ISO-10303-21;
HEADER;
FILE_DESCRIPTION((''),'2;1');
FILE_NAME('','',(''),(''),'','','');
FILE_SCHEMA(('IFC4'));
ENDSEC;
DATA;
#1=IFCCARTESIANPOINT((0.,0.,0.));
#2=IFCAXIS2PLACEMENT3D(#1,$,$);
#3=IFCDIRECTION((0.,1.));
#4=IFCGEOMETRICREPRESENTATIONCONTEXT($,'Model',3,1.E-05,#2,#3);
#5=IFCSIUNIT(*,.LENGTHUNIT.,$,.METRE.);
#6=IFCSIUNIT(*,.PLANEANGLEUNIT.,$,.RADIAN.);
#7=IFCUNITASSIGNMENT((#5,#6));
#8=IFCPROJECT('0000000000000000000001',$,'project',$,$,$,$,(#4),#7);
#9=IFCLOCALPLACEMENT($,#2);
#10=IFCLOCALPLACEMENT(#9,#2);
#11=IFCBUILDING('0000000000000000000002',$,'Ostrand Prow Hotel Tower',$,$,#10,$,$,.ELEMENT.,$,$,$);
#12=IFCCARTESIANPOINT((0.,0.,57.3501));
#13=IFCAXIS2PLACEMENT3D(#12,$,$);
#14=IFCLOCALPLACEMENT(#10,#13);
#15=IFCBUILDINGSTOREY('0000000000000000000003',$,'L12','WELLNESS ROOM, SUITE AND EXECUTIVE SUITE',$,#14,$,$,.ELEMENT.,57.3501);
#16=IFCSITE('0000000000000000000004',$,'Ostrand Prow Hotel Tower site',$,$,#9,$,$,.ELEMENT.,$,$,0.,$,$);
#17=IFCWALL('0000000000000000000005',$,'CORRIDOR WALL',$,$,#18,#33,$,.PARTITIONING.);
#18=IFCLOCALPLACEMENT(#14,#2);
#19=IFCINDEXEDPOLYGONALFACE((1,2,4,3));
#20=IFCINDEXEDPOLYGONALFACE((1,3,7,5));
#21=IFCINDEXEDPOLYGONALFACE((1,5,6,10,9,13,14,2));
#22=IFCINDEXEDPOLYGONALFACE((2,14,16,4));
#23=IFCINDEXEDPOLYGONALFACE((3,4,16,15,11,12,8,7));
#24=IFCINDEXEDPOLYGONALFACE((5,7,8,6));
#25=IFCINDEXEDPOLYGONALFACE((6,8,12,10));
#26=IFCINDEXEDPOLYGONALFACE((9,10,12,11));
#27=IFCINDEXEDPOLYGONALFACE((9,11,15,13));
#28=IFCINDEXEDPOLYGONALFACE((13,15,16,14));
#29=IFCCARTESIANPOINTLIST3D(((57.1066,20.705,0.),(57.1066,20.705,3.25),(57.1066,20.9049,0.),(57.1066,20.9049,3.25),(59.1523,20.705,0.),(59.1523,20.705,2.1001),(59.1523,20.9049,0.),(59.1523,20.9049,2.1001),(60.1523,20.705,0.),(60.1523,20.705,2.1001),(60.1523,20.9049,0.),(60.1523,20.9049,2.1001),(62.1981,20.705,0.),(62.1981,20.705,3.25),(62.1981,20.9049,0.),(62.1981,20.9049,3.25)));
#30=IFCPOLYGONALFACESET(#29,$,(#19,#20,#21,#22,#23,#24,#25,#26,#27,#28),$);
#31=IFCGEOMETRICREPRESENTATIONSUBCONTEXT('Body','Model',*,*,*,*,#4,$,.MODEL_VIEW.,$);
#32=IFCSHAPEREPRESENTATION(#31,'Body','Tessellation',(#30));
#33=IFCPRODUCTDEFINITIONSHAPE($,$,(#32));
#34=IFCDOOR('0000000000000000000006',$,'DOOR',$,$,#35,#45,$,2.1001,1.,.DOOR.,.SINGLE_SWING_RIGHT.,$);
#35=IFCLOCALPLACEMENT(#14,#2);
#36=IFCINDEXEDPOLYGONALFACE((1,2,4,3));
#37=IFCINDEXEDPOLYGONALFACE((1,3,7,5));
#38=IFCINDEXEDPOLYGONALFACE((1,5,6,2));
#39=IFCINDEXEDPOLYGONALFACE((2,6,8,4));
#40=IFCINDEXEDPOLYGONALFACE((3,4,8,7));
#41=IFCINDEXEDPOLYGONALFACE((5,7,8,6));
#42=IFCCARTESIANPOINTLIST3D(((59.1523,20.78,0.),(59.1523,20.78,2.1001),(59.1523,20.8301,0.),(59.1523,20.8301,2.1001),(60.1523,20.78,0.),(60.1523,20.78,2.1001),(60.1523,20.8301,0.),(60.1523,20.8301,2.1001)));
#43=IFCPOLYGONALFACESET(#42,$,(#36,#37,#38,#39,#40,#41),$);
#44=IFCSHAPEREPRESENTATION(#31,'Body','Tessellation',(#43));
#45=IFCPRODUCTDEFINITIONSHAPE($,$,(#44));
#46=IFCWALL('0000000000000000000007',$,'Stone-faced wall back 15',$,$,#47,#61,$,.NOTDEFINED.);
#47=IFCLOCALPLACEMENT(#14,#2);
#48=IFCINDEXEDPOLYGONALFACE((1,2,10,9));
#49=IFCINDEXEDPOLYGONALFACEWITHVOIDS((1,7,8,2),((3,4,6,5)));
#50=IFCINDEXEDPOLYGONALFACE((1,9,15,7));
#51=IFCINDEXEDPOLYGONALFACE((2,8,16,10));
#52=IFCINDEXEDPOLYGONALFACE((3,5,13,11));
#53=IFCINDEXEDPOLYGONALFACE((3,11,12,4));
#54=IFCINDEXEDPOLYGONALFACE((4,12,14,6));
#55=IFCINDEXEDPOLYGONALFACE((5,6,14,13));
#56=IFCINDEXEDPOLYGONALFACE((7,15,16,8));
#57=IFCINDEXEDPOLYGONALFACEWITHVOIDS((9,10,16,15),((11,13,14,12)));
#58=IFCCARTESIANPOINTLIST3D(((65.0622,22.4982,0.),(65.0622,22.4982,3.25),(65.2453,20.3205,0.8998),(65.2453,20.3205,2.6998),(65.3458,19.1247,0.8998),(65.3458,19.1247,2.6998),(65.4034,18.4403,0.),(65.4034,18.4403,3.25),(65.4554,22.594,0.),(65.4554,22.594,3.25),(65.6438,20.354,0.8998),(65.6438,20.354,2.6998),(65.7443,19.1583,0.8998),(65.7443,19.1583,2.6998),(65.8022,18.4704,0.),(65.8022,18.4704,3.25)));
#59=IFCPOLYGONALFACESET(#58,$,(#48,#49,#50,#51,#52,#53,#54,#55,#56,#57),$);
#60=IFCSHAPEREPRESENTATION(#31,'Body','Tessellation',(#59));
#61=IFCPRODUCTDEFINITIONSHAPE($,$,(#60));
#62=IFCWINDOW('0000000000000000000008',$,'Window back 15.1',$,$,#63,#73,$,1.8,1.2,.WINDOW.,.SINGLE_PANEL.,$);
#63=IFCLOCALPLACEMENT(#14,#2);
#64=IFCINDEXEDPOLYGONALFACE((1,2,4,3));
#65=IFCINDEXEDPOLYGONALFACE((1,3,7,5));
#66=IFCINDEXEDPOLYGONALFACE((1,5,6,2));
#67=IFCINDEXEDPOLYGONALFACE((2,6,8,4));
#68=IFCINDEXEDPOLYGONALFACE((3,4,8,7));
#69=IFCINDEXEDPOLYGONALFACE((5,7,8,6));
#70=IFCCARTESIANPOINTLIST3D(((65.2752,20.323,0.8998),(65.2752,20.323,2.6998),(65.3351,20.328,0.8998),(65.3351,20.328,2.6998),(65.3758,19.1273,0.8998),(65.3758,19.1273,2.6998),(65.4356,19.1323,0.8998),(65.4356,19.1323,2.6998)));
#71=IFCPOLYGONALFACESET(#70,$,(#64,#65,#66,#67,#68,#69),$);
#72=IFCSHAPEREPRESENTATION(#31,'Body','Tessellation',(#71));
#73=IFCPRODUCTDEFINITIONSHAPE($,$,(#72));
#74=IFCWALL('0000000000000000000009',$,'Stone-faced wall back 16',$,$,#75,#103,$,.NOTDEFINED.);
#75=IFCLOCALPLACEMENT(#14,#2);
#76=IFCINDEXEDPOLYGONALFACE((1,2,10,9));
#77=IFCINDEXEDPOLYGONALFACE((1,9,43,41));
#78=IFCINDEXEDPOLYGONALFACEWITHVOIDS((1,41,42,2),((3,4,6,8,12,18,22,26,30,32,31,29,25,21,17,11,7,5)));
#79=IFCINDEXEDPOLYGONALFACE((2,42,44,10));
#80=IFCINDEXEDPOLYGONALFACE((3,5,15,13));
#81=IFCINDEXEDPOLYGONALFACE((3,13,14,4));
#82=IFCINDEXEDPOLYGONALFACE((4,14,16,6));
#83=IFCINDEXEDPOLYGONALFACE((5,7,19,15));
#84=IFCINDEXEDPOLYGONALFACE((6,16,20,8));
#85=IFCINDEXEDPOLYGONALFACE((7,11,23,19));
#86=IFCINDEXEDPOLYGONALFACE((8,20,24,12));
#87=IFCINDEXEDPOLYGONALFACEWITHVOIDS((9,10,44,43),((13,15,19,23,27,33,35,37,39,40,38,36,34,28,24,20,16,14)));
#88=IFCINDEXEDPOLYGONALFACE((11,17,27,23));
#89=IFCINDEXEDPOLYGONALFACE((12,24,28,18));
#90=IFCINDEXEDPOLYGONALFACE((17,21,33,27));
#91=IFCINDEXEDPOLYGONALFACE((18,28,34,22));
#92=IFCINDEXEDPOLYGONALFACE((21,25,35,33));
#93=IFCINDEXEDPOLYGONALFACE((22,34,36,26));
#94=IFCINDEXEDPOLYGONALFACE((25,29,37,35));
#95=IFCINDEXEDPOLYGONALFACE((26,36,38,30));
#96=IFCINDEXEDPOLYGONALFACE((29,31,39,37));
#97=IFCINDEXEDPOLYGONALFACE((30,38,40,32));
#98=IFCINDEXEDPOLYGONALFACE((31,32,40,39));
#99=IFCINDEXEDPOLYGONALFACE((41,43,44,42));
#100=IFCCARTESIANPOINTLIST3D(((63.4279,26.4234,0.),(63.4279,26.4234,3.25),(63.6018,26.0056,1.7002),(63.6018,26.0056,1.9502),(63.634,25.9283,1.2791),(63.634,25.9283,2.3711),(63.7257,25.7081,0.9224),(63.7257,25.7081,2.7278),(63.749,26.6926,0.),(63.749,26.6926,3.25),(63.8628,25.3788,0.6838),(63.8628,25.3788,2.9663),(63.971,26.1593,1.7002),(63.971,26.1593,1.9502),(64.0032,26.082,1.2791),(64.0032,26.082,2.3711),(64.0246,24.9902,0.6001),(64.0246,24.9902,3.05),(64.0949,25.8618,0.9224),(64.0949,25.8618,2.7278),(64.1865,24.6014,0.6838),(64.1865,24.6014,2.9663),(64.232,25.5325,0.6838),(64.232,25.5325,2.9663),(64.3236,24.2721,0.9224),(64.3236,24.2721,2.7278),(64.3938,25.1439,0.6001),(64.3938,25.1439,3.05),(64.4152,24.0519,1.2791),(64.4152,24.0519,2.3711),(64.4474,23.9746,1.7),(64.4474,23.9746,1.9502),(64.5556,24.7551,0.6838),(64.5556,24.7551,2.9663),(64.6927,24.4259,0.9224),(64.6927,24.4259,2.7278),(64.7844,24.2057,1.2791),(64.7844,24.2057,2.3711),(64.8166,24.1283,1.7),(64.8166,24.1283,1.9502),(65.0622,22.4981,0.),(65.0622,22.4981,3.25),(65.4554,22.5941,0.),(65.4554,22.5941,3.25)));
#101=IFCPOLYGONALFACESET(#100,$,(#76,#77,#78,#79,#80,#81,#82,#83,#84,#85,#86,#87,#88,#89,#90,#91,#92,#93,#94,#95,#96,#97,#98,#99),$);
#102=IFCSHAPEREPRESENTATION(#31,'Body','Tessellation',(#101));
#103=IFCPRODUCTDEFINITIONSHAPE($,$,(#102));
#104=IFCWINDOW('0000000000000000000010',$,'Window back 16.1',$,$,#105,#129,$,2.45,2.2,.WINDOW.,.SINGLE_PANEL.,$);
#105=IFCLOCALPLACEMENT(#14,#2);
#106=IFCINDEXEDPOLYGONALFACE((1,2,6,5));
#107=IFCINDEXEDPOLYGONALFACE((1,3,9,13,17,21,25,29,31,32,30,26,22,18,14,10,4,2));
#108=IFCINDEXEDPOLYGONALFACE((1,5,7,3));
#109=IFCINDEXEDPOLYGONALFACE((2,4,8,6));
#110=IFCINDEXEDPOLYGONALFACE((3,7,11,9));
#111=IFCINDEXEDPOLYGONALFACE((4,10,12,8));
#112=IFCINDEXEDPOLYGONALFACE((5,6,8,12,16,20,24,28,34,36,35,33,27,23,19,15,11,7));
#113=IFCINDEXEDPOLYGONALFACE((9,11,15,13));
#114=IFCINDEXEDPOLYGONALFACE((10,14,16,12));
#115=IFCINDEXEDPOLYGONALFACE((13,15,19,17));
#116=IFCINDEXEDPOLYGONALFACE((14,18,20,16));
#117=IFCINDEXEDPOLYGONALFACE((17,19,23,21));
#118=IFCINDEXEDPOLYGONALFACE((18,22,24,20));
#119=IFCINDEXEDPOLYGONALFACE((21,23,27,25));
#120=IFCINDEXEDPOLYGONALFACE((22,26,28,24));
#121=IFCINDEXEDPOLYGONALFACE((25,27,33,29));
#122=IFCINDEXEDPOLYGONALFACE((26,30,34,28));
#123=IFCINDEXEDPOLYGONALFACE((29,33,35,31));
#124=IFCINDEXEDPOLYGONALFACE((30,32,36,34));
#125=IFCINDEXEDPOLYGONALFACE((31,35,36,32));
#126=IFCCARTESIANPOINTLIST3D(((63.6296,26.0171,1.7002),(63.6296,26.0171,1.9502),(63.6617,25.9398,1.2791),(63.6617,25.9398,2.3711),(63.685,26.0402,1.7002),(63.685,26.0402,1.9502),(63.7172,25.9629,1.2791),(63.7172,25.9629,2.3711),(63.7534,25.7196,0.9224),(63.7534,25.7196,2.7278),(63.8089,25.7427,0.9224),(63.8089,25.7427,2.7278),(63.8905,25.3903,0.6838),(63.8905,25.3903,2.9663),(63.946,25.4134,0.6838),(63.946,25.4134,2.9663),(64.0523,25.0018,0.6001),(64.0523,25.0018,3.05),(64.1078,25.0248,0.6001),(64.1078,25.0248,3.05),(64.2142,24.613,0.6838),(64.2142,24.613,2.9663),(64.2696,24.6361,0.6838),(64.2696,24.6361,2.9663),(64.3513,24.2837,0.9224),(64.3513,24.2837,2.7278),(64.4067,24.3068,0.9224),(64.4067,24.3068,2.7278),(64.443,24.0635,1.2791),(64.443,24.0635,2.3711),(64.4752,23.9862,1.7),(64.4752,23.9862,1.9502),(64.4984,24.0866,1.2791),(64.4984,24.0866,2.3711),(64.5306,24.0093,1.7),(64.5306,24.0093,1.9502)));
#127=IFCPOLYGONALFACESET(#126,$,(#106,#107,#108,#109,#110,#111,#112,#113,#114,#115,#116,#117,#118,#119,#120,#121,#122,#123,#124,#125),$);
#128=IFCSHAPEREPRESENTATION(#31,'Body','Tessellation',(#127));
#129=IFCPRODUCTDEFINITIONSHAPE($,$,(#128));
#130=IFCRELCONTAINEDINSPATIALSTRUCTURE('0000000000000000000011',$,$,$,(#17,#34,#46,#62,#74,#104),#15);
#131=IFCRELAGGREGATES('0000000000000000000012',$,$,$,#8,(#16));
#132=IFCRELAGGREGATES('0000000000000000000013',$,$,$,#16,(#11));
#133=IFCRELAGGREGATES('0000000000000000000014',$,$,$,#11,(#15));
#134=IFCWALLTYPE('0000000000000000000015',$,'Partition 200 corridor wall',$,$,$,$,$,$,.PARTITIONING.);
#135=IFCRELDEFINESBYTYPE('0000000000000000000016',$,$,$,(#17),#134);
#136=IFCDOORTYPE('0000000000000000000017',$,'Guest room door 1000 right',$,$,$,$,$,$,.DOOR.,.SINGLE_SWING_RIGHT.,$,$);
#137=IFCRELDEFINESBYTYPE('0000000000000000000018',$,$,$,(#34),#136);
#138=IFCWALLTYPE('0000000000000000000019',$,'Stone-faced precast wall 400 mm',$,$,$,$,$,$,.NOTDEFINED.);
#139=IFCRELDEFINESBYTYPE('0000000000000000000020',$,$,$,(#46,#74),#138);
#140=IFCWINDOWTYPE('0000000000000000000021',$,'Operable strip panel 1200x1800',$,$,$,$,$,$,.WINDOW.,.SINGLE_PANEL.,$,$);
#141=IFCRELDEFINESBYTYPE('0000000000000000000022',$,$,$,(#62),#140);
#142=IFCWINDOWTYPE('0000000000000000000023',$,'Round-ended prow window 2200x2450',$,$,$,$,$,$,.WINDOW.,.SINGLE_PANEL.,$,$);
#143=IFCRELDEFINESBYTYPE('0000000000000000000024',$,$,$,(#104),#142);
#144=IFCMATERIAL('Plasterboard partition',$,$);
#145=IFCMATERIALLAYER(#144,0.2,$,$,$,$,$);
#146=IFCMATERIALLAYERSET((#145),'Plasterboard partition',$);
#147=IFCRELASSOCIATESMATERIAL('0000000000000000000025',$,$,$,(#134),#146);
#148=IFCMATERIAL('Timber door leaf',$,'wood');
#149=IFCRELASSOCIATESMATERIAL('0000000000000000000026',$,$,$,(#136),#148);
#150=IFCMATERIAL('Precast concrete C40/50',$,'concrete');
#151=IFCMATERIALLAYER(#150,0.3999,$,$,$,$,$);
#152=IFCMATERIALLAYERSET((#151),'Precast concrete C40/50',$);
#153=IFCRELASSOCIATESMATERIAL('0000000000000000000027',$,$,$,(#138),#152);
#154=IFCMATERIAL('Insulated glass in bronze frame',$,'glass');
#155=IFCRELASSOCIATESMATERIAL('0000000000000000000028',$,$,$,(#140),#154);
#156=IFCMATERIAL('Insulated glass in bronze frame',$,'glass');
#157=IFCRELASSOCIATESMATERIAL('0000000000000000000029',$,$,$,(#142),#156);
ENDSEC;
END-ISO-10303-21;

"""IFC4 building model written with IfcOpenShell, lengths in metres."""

from ifc_helpers import new_model, si_unit, direction, frame, frame_2d, origin, place, context, subcontext, project, spatial, polyline, rectangle, outline, extrude, material, layer, layer_set, type_object, element, fill, save


model = new_model("IFC4")

# Units and contexts
model_context = context("Model", 3, precision=1e-05, world=origin(), true_north=direction((0.0, 1.0)))
body_context = subcontext(model_context, "Body", "Model", "MODEL_VIEW")
ifc_project = project(units=[si_unit("LENGTHUNIT", "METRE"), si_unit("PLANEANGLEUNIT", "RADIAN")], contexts=[model_context])

# Site, building, storey
site_placement = place(None, origin())
site = spatial("IfcSite", under=ifc_project, at=site_placement, Name="Ostrand Prow Hotel Tower site", CompositionType="ELEMENT", RefElevation=0.0)
building_placement = place(site_placement, origin())
building = spatial("IfcBuilding", under=site, at=building_placement, Name="Ostrand Prow Hotel Tower", CompositionType="ELEMENT")
storey_placement = place(building_placement, frame((0.0, 0.0, 57.3501)))
storey = spatial("IfcBuildingStorey", under=building, at=storey_placement, Name="L12", Description="WELLNESS ROOM, SUITE AND EXECUTIVE SUITE", CompositionType="ELEMENT", Elevation=57.3501)

# Wall, opening, door
ifc_material_1 = material(Name="Plasterboard partition")
ifc_layer_1 = layer(ifc_material_1, 0.2)
ifc_layer_set_1 = layer_set([ifc_layer_1], Name="Plasterboard partition")
wall_type_1 = type_object("IfcWallType", Name="Partition 200 corridor wall", PredefinedType="PARTITIONING", material=ifc_layer_set_1)
wall_1_placement = place(storey_placement, frame((62.1982, 20.8049, 0.0), z_axis=(0.0, 0.0, 1.0), x_axis=(-1.0, 0.0, 0.0)))
wall_1 = element("IfcWall", 1, at=wall_1_placement, inside=storey, type_object=wall_type_1, Name="CORRIDOR WALL", PredefinedType="PARTITIONING", context=body_context, shape_type="SweptSolid", body=[
    extrude(rectangle(XDim=5.0916, YDim=0.2, at=frame_2d((2.5459, 0.0))), origin(), (0.0, 0.0, 1.0), 3.25),
])
opening_1_placement = place(wall_1_placement, frame((2.0459, 0.0, 0.0)))
opening_1 = element("IfcOpeningElement", 2, at=opening_1_placement, cuts=wall_1, PredefinedType="OPENING", context=body_context, shape_type="SweptSolid", body=[
    extrude(rectangle(XDim=1.0, YDim=2.1001, at=frame_2d((0.5, 1.05))), frame((0.0, 0.1099, 0.0), z_axis=(0.0, -1.0, 0.0), x_axis=(1.0, 0.0, 0.0)), (0.0, 0.0, 1.0), 0.22),
])
ifc_material_2 = material(Name="Timber door leaf", Category="wood")
door_type_1 = type_object("IfcDoorType", Name="Guest room door 1000 right", OperationType="SINGLE_SWING_RIGHT", PredefinedType="DOOR", material=ifc_material_2)
door_1_placement = place(opening_1_placement, origin())
door_1 = element("IfcDoor", 3, at=door_1_placement, inside=storey, type_object=door_type_1, Name="DOOR", OperationType="SINGLE_SWING_RIGHT", OverallHeight=2.1001, OverallWidth=1.0, PredefinedType="DOOR", context=body_context, shape_type="SweptSolid", body=[
    extrude(rectangle(XDim=1.0, YDim=2.1001, at=frame_2d((0.5, 1.05))), frame((0.0, 0.0249, 0.0), z_axis=(0.0, -1.0, 0.0), x_axis=(1.0, 0.0, 0.0)), (0.0, 0.0, 1.0), 0.05),
])
fill(opening_1, door_1)

# Walls, openings, windows
ifc_material_3 = material(Name="Precast concrete C40/50", Category="concrete")
ifc_layer_2 = layer(ifc_material_3, 0.3999)
ifc_layer_set_2 = layer_set([ifc_layer_2], Name="Precast concrete C40/50")
wall_type_2 = type_object("IfcWallType", Name="Stone-faced precast wall 400 mm", PredefinedType="NOTDEFINED", material=ifc_layer_set_2)
wall_2_placement = place(storey_placement, frame((65.6028, 18.4553, 0.0), z_axis=(0.0, 0.0, 1.0), x_axis=(-0.083794, 0.996483, 0.0)))
wall_2 = element("IfcWall", 4, at=wall_2_placement, inside=storey, type_object=wall_type_2, Name="Stone-faced wall back 15", PredefinedType="NOTDEFINED", context=body_context, shape_type="SweptSolid", body=[
    extrude(outline(polyline([(-0.0017, -0.2), (4.1365, -0.2), (4.074, 0.2), (0.0017, 0.2), (-0.0017, -0.2)])), origin(), (0.0, 0.0, 1.0), 3.25),
])
opening_2_placement = place(wall_2_placement, frame((0.6885, 0.0, 0.8999)))
opening_2 = element("IfcOpeningElement", 5, at=opening_2_placement, cuts=wall_2, PredefinedType="OPENING", context=body_context, shape_type="SweptSolid", body=[
    extrude(rectangle(XDim=1.2, YDim=1.8, at=frame_2d((0.6001, 0.8999))), frame((0.0, 0.21, 0.0), z_axis=(0.0, -1.0, 0.0), x_axis=(1.0, 0.0, 0.0)), (0.0, 0.0, 1.0), 0.4199),
])
ifc_material_4 = material(Name="Insulated glass in bronze frame", Category="glass")
window_type_1 = type_object("IfcWindowType", Name="Operable strip panel 1200x1800", PartitioningType="SINGLE_PANEL", PredefinedType="WINDOW", material=ifc_material_4)
window_1_placement = place(opening_2_placement, origin())
window_1 = element("IfcWindow", 6, at=window_1_placement, inside=storey, type_object=window_type_1, Name="Window back 15.1", OverallHeight=1.8, OverallWidth=1.2, PartitioningType="SINGLE_PANEL", PredefinedType="WINDOW", context=body_context, shape_type="SweptSolid", body=[
    extrude(rectangle(XDim=1.2, YDim=1.8, at=frame_2d((0.6001, 0.8999))), frame((0.0, 0.1699, 0.0), z_axis=(0.0, -1.0, 0.0), x_axis=(1.0, 0.0, 0.0)), (0.0, 0.0, 1.0), 0.0601),
])
fill(opening_2, window_1)
wall_3_placement = place(storey_placement, frame((65.2588, 22.5461, 0.0), z_axis=(0.0, 0.0, 1.0), x_axis=(-0.384372, 0.923178, 0.0)))
wall_3 = element("IfcWall", 7, at=wall_3_placement, inside=storey, type_object=wall_type_2, Name="Stone-faced wall back 16", PredefinedType="NOTDEFINED", context=body_context, shape_type="SweptSolid", body=[
    extrude(outline(polyline([(-0.0312, -0.2), (4.4082, -0.2), (4.2832, 0.2), (0.0312, 0.2), (-0.0312, -0.2)])), origin(), (0.0, 0.0, 1.0), 3.25),
])
opening_3_placement = place(wall_3_placement, frame((1.6306, 0.0, 0.6001)))
opening_3 = element("IfcOpeningElement", 8, at=opening_3_placement, cuts=wall_3, PredefinedType="OPENING", context=body_context, shape_type="SweptSolid", body=[
    extrude(outline(polyline([(0.0, 1.3501), (0.0837, 1.771), (0.3223, 2.1277), (0.679, 2.3662), (1.1001, 2.45), (1.521, 2.3662), (1.8777, 2.1277), (2.1162, 1.771), (2.2, 1.3501), (2.2, 1.1001), (2.1162, 0.679), (1.8777, 0.3223), (1.521, 0.0837), (1.1001, 0.0), (0.679, 0.0837), (0.3223, 0.3223), (0.0837, 0.679), (0.0, 1.0999), (0.0, 1.3501)])), frame((0.0, 0.21, 0.0), z_axis=(0.0, -1.0, 0.0), x_axis=(1.0, 0.0, 0.0)), (0.0, 0.0, 1.0), 0.4199),
])
ifc_material_5 = material(Name="Insulated glass in bronze frame", Category="glass")
window_type_2 = type_object("IfcWindowType", Name="Round-ended prow window 2200x2450", PartitioningType="SINGLE_PANEL", PredefinedType="WINDOW", material=ifc_material_5)
window_2_placement = place(opening_3_placement, origin())
window_2 = element("IfcWindow", 9, at=window_2_placement, inside=storey, type_object=window_type_2, Name="Window back 16.1", OverallHeight=2.45, OverallWidth=2.2, PartitioningType="SINGLE_PANEL", PredefinedType="WINDOW", context=body_context, shape_type="SweptSolid", body=[
    extrude(outline(polyline([(0.0, 1.3501), (0.0837, 1.771), (0.3223, 2.1277), (0.679, 2.3662), (1.1001, 2.45), (1.521, 2.3662), (1.8777, 2.1277), (2.1162, 1.771), (2.2, 1.3501), (2.2, 1.1001), (2.1162, 0.679), (1.8777, 0.3223), (1.521, 0.0837), (1.1001, 0.0), (0.679, 0.0837), (0.3223, 0.3223), (0.0837, 0.679), (0.0, 1.0999), (0.0, 1.3501)])), frame((0.0, 0.1699, 0.0), z_axis=(0.0, -1.0, 0.0), x_axis=(1.0, 0.0, 0.0)), (0.0, 0.0, 1.0), 0.0601),
])
fill(opening_3, window_2)

save(model, "model.ifc")
